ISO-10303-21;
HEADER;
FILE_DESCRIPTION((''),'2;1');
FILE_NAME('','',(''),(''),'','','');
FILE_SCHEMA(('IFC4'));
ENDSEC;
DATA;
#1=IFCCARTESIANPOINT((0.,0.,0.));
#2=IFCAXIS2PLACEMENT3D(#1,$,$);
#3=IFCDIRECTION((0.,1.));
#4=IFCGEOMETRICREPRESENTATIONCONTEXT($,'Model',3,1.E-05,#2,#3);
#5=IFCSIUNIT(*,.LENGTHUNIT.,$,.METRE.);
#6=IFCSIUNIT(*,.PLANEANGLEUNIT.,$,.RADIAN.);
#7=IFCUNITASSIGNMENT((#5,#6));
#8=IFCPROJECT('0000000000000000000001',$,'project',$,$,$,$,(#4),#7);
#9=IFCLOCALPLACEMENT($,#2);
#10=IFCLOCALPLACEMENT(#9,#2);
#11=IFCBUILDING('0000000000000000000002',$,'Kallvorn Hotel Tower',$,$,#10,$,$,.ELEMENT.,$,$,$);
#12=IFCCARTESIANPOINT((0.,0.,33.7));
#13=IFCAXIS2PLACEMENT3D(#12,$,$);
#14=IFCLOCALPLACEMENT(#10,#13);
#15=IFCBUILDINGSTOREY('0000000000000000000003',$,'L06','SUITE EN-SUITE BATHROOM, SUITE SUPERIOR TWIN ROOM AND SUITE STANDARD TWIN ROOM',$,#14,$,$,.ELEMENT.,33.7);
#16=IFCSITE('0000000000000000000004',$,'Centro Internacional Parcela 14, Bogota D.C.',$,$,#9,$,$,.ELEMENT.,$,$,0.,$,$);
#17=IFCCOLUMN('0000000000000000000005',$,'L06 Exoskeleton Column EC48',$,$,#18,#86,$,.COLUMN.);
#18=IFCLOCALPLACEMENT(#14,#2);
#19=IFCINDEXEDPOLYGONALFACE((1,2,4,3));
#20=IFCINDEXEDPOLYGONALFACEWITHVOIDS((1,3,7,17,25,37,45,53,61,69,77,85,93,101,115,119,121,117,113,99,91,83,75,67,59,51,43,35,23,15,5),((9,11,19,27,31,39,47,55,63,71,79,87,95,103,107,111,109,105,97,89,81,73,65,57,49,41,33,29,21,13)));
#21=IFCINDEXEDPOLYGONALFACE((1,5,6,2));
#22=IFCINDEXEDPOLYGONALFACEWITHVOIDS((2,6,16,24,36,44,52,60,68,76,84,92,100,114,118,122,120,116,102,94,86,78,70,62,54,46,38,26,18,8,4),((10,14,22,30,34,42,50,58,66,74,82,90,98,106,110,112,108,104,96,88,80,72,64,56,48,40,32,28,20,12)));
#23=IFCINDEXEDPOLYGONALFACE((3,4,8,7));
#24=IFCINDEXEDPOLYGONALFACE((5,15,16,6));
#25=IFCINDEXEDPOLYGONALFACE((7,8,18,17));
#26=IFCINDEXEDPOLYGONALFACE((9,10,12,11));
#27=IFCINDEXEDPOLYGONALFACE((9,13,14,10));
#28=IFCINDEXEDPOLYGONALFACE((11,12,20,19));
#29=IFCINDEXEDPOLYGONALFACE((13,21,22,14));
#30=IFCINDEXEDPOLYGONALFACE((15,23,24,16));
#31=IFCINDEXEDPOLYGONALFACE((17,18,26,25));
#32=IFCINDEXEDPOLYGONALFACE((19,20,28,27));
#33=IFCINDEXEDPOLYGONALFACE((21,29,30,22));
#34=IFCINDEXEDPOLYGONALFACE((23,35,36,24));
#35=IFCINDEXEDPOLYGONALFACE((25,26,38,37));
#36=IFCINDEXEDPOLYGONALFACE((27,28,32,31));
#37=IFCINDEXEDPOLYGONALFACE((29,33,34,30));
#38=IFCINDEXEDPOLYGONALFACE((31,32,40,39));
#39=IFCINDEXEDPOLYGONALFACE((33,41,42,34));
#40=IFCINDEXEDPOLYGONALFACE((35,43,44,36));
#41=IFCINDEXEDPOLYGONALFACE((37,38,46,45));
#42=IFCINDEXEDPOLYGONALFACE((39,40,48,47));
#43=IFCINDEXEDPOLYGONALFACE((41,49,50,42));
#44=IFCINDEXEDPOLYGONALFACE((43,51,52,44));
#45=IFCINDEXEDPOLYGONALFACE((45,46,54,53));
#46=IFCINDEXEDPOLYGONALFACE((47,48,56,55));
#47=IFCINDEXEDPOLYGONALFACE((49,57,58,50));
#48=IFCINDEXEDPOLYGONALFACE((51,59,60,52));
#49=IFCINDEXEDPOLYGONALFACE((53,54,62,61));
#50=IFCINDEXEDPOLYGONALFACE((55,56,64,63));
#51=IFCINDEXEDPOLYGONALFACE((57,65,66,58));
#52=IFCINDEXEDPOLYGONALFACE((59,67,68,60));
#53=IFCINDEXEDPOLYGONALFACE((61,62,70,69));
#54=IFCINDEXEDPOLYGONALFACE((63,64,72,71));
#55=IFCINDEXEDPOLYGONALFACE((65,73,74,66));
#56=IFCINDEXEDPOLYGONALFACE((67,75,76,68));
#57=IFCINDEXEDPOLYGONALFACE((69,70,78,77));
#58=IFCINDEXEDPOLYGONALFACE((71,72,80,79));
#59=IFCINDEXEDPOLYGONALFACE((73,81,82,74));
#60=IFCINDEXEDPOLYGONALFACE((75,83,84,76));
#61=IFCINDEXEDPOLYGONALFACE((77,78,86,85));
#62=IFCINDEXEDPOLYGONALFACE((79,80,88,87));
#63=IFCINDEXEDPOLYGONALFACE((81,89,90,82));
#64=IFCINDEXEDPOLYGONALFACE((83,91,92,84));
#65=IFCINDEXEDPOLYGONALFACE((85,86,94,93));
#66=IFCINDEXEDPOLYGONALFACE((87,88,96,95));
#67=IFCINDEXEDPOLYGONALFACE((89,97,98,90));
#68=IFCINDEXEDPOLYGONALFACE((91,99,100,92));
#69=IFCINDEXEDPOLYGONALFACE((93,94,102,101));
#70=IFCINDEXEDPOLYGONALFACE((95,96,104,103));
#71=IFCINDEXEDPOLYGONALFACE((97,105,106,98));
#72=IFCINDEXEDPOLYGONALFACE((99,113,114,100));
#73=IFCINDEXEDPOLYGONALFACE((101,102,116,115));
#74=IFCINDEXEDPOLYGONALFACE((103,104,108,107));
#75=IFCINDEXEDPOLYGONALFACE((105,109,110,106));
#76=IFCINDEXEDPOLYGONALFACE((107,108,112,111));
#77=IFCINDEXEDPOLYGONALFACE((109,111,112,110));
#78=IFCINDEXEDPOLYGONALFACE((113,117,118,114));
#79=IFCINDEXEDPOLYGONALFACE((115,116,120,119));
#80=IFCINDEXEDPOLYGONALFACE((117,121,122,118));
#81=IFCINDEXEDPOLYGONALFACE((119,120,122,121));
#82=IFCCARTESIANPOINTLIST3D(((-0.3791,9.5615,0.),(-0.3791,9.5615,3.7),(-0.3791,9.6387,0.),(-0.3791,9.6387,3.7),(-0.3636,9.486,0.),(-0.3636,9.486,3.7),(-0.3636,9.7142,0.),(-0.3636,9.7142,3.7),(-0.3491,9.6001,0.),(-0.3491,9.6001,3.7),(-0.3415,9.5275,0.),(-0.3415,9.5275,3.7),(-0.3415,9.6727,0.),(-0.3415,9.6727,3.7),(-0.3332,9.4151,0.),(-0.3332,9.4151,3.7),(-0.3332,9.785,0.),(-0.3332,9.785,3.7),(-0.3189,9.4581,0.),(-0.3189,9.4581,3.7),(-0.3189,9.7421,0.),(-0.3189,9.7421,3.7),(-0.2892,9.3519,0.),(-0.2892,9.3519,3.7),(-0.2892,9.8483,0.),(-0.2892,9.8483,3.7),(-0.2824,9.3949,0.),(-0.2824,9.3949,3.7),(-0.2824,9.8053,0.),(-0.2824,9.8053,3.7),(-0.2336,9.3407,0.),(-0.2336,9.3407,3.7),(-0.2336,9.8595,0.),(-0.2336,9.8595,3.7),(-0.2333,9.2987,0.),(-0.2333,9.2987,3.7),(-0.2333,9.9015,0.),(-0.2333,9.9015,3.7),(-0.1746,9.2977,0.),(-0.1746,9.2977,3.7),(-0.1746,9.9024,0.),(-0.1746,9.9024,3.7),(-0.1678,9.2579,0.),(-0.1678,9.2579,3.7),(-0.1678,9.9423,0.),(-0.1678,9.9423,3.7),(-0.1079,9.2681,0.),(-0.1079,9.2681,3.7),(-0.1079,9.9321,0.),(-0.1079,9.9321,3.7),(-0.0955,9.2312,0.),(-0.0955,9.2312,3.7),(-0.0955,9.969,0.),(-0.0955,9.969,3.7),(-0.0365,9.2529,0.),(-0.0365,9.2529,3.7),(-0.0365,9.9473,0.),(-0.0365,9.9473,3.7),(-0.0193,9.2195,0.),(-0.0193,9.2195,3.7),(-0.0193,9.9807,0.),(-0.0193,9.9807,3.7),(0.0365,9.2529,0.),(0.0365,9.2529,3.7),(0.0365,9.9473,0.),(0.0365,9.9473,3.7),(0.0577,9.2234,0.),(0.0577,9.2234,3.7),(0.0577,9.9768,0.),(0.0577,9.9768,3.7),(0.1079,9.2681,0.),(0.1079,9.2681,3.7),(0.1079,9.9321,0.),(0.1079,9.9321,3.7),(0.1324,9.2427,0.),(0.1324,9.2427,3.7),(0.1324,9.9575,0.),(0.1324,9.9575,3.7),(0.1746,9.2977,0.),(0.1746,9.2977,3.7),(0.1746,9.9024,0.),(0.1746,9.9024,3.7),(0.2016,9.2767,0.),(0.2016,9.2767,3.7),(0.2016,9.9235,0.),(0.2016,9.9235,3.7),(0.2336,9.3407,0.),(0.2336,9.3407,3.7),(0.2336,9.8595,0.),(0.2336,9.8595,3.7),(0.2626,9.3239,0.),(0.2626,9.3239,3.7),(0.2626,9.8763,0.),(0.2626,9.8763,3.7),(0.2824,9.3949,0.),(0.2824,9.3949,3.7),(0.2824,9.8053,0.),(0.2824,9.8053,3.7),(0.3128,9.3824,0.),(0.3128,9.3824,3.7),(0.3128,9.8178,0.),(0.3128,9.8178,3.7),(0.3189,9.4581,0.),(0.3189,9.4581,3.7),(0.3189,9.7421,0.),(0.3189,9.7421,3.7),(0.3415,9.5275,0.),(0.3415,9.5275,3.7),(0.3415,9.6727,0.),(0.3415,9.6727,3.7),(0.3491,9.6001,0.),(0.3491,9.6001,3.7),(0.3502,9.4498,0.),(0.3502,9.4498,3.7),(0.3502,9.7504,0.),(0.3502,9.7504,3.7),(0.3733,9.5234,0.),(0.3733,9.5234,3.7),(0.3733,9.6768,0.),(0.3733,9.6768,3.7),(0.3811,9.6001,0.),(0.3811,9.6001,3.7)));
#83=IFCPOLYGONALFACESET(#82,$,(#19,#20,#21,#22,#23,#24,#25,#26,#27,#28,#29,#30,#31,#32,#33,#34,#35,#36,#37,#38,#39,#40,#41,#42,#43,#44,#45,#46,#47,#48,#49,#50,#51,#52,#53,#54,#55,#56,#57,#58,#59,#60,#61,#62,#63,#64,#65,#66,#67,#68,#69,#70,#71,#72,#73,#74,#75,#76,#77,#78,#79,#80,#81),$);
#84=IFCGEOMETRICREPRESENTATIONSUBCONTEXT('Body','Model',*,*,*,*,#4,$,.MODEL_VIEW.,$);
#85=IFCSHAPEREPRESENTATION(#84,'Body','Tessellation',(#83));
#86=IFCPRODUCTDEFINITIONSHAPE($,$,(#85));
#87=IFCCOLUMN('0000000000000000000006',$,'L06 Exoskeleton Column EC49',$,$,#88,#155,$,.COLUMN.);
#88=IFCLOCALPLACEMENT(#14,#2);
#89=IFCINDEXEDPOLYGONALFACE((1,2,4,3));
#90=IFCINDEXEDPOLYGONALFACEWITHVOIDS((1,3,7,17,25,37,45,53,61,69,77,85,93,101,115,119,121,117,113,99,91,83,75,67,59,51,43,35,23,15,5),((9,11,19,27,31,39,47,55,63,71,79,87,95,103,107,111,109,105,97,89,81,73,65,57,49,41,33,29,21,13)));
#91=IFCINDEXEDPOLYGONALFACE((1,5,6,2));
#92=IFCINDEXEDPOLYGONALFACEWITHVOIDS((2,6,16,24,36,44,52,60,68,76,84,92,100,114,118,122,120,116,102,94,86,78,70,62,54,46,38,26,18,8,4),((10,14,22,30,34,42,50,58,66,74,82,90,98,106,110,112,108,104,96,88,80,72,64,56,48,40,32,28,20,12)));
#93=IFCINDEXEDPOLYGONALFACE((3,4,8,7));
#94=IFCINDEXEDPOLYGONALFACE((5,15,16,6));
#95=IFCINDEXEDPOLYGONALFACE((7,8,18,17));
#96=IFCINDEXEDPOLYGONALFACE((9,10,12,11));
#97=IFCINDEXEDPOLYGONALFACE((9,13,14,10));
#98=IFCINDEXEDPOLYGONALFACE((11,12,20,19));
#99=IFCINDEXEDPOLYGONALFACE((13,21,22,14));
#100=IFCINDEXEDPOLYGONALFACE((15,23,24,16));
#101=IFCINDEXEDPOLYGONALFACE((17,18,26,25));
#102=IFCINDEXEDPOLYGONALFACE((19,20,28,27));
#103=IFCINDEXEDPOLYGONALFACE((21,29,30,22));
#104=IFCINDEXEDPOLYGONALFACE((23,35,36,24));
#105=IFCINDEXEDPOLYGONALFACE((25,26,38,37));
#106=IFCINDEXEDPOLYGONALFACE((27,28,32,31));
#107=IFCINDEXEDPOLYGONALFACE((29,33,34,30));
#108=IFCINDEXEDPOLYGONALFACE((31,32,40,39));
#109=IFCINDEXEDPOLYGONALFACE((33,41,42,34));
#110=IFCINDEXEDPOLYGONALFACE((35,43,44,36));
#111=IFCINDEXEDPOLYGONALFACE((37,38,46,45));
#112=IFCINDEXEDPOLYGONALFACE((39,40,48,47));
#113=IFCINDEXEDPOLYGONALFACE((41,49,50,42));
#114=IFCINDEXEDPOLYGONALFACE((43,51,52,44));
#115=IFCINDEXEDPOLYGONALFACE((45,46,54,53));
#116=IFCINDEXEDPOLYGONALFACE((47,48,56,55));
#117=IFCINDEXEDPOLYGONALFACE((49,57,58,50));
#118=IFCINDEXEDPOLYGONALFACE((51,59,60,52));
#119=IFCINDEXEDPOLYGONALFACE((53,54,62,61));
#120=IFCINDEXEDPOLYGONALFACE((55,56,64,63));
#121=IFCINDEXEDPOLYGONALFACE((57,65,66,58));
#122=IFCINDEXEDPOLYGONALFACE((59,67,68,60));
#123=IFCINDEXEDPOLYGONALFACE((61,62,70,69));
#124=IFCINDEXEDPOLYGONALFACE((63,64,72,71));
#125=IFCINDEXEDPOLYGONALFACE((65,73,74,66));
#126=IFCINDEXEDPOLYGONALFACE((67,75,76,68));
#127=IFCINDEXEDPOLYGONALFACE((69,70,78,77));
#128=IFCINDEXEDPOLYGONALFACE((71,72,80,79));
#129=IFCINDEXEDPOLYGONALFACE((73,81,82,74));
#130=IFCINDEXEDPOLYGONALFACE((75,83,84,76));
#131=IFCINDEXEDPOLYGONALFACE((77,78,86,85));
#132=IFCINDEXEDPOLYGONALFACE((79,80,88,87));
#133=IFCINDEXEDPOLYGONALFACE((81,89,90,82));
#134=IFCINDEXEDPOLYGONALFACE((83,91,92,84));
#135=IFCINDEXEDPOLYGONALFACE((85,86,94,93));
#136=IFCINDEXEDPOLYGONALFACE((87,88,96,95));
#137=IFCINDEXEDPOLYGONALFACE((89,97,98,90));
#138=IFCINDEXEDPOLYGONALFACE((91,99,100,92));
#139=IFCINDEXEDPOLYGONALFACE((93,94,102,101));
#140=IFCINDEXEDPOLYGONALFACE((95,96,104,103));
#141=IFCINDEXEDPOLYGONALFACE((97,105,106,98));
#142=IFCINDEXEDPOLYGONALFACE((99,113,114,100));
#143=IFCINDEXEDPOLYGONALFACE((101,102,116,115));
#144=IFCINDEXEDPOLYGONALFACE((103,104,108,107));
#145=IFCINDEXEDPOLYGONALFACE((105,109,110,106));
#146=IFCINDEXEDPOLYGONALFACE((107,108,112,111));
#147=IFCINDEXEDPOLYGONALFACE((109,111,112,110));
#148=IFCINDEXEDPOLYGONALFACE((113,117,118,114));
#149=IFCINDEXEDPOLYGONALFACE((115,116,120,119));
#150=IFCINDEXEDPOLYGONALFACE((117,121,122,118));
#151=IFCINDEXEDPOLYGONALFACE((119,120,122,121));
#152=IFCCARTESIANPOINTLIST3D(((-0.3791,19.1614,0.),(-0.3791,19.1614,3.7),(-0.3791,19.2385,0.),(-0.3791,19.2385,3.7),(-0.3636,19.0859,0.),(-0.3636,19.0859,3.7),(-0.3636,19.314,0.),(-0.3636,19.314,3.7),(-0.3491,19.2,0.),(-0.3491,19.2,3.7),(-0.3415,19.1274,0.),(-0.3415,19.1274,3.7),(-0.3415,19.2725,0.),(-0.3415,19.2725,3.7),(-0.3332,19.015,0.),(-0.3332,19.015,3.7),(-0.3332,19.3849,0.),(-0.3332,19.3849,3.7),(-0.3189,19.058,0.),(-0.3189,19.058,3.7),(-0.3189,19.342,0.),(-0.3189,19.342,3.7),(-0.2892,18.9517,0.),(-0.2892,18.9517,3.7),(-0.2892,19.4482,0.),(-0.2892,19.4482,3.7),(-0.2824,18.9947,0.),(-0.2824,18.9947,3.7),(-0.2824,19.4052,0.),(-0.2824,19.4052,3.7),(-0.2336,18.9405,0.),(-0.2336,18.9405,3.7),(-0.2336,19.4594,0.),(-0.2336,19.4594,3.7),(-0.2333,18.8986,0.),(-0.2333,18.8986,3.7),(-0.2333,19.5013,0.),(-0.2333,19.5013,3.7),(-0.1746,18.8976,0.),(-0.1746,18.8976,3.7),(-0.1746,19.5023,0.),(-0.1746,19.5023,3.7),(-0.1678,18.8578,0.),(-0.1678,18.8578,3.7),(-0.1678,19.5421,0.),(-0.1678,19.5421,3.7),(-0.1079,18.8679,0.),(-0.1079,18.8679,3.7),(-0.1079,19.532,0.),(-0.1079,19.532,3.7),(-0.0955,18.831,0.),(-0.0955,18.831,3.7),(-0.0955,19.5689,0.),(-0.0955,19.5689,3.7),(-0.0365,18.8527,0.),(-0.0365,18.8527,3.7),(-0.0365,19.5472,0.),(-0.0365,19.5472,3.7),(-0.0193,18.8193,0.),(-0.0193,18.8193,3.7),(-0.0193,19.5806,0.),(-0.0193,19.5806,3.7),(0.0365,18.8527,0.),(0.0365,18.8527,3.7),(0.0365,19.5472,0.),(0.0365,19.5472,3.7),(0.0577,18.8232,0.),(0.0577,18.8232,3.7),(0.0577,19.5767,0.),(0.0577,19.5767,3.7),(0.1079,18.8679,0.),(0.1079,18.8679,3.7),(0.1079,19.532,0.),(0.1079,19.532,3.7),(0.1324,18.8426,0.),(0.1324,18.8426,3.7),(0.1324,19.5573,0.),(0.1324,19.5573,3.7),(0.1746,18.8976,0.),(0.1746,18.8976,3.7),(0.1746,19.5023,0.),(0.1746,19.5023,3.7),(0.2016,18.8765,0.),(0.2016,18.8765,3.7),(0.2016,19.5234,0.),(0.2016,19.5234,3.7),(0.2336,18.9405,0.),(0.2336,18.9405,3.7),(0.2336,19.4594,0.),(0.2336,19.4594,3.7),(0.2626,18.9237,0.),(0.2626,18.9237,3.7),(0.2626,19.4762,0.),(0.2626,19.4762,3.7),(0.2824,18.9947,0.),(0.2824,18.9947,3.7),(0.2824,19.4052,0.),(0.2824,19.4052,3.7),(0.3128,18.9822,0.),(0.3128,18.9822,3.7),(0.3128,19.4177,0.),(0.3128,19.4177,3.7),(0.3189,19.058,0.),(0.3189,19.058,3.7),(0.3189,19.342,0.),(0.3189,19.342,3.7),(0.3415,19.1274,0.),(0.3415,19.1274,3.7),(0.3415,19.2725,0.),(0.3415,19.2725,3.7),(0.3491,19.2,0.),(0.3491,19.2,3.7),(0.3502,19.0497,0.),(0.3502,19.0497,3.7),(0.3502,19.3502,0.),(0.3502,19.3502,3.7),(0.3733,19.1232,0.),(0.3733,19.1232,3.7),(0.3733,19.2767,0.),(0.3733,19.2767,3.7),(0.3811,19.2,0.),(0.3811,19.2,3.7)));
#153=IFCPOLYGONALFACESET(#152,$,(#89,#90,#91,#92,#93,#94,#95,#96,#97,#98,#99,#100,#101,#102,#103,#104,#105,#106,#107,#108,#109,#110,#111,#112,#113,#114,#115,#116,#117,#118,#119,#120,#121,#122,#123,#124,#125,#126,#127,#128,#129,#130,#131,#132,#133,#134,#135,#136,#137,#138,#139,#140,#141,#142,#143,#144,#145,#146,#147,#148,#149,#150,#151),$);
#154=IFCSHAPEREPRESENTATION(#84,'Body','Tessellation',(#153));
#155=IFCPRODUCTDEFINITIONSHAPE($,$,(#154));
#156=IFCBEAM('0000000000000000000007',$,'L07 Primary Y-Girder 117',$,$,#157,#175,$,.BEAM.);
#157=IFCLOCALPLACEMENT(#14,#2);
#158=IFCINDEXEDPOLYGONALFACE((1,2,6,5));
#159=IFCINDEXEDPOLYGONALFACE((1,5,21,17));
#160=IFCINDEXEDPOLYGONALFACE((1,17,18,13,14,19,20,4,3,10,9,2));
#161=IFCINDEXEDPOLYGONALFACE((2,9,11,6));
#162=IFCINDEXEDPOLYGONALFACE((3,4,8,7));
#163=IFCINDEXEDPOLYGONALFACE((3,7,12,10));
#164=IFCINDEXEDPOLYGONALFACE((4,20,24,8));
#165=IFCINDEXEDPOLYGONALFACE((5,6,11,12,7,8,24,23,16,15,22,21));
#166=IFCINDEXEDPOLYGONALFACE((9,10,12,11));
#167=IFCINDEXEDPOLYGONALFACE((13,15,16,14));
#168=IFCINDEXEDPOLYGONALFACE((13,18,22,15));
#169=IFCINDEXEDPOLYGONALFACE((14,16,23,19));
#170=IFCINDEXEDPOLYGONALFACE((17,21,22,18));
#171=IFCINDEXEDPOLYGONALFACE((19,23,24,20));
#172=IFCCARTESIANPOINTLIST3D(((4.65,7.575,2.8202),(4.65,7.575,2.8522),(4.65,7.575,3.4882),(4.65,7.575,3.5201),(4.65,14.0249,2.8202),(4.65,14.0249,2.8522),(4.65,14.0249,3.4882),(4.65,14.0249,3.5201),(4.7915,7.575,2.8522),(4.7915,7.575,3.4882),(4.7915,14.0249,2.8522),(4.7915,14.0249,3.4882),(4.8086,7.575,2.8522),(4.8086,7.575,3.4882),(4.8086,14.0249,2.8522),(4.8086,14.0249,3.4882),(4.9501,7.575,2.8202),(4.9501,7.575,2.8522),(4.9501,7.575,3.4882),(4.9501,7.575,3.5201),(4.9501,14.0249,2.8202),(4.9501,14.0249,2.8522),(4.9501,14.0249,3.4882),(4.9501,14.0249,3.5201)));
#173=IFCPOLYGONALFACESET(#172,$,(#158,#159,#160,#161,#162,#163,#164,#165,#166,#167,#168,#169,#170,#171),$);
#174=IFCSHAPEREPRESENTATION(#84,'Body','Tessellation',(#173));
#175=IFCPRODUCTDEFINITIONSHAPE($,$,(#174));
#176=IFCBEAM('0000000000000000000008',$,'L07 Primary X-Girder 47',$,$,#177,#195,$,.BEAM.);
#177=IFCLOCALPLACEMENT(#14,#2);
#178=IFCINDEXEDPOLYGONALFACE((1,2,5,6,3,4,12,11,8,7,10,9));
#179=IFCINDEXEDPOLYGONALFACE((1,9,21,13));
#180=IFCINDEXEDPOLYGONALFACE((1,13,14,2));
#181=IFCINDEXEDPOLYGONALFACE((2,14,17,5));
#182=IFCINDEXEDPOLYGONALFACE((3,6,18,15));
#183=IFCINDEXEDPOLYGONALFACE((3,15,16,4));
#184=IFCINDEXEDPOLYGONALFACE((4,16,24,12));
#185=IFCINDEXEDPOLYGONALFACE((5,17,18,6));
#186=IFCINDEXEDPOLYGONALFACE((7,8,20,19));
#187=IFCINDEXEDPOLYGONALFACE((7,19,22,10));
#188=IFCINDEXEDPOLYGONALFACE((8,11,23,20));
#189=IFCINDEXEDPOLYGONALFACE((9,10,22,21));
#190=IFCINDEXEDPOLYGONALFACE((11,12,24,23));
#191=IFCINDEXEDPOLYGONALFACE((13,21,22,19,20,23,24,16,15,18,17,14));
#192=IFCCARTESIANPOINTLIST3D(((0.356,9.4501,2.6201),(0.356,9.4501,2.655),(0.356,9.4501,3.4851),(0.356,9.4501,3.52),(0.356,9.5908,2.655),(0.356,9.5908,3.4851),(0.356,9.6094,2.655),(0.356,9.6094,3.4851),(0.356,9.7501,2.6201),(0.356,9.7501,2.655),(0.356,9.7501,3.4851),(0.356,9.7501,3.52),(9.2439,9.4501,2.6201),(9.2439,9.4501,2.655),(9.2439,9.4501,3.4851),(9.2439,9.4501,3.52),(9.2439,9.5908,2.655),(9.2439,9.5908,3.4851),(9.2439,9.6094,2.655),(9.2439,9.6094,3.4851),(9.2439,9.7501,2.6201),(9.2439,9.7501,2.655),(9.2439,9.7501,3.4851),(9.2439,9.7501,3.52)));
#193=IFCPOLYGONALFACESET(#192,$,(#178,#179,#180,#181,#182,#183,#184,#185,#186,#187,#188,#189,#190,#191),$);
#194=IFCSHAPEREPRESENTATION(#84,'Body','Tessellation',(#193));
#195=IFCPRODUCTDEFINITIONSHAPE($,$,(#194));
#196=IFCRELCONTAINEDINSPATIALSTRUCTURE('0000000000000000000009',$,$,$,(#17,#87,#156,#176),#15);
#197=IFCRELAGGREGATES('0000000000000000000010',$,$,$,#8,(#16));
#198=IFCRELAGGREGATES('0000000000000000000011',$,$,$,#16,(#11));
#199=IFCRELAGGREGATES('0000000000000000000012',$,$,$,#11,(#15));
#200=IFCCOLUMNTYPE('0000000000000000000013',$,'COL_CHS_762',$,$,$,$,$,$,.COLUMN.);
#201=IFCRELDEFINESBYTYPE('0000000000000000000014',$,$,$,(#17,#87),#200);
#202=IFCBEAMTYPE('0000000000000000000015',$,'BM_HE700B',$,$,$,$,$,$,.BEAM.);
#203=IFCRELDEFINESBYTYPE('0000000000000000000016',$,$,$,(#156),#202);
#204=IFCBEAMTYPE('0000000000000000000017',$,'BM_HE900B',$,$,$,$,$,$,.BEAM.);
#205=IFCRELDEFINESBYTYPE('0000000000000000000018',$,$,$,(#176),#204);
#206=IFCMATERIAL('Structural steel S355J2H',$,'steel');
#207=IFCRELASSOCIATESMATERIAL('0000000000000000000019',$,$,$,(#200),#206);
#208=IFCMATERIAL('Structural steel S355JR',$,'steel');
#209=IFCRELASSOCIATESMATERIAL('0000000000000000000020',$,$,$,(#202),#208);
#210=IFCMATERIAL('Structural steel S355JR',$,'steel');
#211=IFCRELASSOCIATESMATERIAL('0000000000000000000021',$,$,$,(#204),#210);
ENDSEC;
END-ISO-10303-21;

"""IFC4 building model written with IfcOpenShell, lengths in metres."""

from ifc_helpers import new_model, si_unit, direction, frame, origin, origin_2d, place, context, subcontext, project, spatial, hollow_circle, i_section, extrude, material, material_profile, profile_set, type_object, element, save


model = new_model("IFC4")

# Units and contexts
model_context = context("Model", 3, precision=1e-05, world=origin(), true_north=direction((0.0, 1.0)))
body_context = subcontext(model_context, "Body", "Model", "MODEL_VIEW")
ifc_project = project(units=[si_unit("LENGTHUNIT", "METRE"), si_unit("PLANEANGLEUNIT", "RADIAN")], contexts=[model_context])

# Site, building, storey
site_placement = place(None, origin())
site = spatial("IfcSite", under=ifc_project, at=site_placement, Name="Centro Internacional Parcela 14, Bogota D.C.", CompositionType="ELEMENT", RefElevation=0.0)
building_placement = place(site_placement, origin())
building = spatial("IfcBuilding", under=site, at=building_placement, Name="Kallvorn Hotel Tower", CompositionType="ELEMENT")
storey_placement = place(building_placement, frame((0.0, 0.0, 33.7)))
storey = spatial("IfcBuildingStorey", under=building, at=storey_placement, Name="L06", Description="SUITE EN-SUITE BATHROOM, SUITE SUPERIOR TWIN ROOM AND SUITE STANDARD TWIN ROOM", CompositionType="ELEMENT", Elevation=33.7)

# Columns
ifc_material_1 = material(Name="Structural steel S355J2H", Category="steel")
ifc_material_profile_1 = material_profile(ifc_material_1, hollow_circle(Radius=0.3811, WallThickness=0.032, at=origin_2d()), Name="CHS 762x32")
ifc_profile_set_1 = profile_set([ifc_material_profile_1], Name="Structural steel S355J2H")
column_type = type_object("IfcColumnType", Name="COL_CHS_762", PredefinedType="COLUMN", material=ifc_profile_set_1)
for number, where, z_axis, x_axis, name in (
    (1, (0.0, 9.6001, 0.0), (0.0, 0.0, 1.0), (1.0, 0.0, 0.0), "L06 Exoskeleton Column EC48"),
    (2, (0.0, 19.2, 0.0), (0.0, 0.0, 1.0), (1.0, 0.0, 0.0), "L06 Exoskeleton Column EC49"),
):
    element("IfcColumn", number, at=place(storey_placement, frame(where, z_axis=z_axis, x_axis=x_axis)), inside=storey, type_object=column_type, Name=name, PredefinedType="COLUMN", context=body_context, shape_type="SweptSolid", body=[
        extrude(hollow_circle(Radius=0.3811, WallThickness=0.032, at=origin_2d()), origin(), (0.0, 0.0, 1.0), 3.7),
    ])

# Beams
ifc_material_2 = material(Name="Structural steel S355JR", Category="steel")
ifc_material_profile_2 = material_profile(ifc_material_2, i_section(OverallWidth=0.3, OverallDepth=0.7, WebThickness=0.0171, FlangeThickness=0.032, at=origin_2d()), Name="HE 700 B")
ifc_profile_set_2 = profile_set([ifc_material_profile_2], Name="Structural steel S355JR")
beam_type_1 = type_object("IfcBeamType", Name="BM_HE700B", PredefinedType="BEAM", material=ifc_profile_set_2)
beam_1_placement = place(storey_placement, frame((4.8, 7.575, 3.1702), z_axis=(0.0, 1.0, 0.0), x_axis=(-1.0, 0.0, 0.0)))
element("IfcBeam", 3, at=beam_1_placement, inside=storey, type_object=beam_type_1, Name="L07 Primary Y-Girder 117", PredefinedType="BEAM", context=body_context, shape_type="SweptSolid", body=[
    extrude(i_section(OverallWidth=0.3, OverallDepth=0.7, WebThickness=0.0171, FlangeThickness=0.032, at=origin_2d()), origin(), (0.0, 0.0, 1.0), 6.45),
])
ifc_material_3 = material(Name="Structural steel S355JR", Category="steel")
ifc_material_profile_3 = material_profile(ifc_material_3, i_section(OverallWidth=0.3, OverallDepth=0.8999, WebThickness=0.0186, FlangeThickness=0.0349, at=origin_2d()), Name="HE 900 B")
ifc_profile_set_3 = profile_set([ifc_material_profile_3], Name="Structural steel S355JR")
beam_type_2 = type_object("IfcBeamType", Name="BM_HE900B", PredefinedType="BEAM", material=ifc_profile_set_3)
beam_2_placement = place(storey_placement, frame((0.356, 9.6001, 3.0701), z_axis=(1.0, 0.0, 0.0), x_axis=(0.0, 1.0, 0.0)))
element("IfcBeam", 4, at=beam_2_placement, inside=storey, type_object=beam_type_2, Name="L07 Primary X-Girder 47", PredefinedType="BEAM", context=body_context, shape_type="SweptSolid", body=[
    extrude(i_section(OverallWidth=0.3, OverallDepth=0.8999, WebThickness=0.0186, FlangeThickness=0.0349, at=origin_2d()), origin(), (0.0, 0.0, 1.0), 8.8879),
])

save(model, "model.ifc")
